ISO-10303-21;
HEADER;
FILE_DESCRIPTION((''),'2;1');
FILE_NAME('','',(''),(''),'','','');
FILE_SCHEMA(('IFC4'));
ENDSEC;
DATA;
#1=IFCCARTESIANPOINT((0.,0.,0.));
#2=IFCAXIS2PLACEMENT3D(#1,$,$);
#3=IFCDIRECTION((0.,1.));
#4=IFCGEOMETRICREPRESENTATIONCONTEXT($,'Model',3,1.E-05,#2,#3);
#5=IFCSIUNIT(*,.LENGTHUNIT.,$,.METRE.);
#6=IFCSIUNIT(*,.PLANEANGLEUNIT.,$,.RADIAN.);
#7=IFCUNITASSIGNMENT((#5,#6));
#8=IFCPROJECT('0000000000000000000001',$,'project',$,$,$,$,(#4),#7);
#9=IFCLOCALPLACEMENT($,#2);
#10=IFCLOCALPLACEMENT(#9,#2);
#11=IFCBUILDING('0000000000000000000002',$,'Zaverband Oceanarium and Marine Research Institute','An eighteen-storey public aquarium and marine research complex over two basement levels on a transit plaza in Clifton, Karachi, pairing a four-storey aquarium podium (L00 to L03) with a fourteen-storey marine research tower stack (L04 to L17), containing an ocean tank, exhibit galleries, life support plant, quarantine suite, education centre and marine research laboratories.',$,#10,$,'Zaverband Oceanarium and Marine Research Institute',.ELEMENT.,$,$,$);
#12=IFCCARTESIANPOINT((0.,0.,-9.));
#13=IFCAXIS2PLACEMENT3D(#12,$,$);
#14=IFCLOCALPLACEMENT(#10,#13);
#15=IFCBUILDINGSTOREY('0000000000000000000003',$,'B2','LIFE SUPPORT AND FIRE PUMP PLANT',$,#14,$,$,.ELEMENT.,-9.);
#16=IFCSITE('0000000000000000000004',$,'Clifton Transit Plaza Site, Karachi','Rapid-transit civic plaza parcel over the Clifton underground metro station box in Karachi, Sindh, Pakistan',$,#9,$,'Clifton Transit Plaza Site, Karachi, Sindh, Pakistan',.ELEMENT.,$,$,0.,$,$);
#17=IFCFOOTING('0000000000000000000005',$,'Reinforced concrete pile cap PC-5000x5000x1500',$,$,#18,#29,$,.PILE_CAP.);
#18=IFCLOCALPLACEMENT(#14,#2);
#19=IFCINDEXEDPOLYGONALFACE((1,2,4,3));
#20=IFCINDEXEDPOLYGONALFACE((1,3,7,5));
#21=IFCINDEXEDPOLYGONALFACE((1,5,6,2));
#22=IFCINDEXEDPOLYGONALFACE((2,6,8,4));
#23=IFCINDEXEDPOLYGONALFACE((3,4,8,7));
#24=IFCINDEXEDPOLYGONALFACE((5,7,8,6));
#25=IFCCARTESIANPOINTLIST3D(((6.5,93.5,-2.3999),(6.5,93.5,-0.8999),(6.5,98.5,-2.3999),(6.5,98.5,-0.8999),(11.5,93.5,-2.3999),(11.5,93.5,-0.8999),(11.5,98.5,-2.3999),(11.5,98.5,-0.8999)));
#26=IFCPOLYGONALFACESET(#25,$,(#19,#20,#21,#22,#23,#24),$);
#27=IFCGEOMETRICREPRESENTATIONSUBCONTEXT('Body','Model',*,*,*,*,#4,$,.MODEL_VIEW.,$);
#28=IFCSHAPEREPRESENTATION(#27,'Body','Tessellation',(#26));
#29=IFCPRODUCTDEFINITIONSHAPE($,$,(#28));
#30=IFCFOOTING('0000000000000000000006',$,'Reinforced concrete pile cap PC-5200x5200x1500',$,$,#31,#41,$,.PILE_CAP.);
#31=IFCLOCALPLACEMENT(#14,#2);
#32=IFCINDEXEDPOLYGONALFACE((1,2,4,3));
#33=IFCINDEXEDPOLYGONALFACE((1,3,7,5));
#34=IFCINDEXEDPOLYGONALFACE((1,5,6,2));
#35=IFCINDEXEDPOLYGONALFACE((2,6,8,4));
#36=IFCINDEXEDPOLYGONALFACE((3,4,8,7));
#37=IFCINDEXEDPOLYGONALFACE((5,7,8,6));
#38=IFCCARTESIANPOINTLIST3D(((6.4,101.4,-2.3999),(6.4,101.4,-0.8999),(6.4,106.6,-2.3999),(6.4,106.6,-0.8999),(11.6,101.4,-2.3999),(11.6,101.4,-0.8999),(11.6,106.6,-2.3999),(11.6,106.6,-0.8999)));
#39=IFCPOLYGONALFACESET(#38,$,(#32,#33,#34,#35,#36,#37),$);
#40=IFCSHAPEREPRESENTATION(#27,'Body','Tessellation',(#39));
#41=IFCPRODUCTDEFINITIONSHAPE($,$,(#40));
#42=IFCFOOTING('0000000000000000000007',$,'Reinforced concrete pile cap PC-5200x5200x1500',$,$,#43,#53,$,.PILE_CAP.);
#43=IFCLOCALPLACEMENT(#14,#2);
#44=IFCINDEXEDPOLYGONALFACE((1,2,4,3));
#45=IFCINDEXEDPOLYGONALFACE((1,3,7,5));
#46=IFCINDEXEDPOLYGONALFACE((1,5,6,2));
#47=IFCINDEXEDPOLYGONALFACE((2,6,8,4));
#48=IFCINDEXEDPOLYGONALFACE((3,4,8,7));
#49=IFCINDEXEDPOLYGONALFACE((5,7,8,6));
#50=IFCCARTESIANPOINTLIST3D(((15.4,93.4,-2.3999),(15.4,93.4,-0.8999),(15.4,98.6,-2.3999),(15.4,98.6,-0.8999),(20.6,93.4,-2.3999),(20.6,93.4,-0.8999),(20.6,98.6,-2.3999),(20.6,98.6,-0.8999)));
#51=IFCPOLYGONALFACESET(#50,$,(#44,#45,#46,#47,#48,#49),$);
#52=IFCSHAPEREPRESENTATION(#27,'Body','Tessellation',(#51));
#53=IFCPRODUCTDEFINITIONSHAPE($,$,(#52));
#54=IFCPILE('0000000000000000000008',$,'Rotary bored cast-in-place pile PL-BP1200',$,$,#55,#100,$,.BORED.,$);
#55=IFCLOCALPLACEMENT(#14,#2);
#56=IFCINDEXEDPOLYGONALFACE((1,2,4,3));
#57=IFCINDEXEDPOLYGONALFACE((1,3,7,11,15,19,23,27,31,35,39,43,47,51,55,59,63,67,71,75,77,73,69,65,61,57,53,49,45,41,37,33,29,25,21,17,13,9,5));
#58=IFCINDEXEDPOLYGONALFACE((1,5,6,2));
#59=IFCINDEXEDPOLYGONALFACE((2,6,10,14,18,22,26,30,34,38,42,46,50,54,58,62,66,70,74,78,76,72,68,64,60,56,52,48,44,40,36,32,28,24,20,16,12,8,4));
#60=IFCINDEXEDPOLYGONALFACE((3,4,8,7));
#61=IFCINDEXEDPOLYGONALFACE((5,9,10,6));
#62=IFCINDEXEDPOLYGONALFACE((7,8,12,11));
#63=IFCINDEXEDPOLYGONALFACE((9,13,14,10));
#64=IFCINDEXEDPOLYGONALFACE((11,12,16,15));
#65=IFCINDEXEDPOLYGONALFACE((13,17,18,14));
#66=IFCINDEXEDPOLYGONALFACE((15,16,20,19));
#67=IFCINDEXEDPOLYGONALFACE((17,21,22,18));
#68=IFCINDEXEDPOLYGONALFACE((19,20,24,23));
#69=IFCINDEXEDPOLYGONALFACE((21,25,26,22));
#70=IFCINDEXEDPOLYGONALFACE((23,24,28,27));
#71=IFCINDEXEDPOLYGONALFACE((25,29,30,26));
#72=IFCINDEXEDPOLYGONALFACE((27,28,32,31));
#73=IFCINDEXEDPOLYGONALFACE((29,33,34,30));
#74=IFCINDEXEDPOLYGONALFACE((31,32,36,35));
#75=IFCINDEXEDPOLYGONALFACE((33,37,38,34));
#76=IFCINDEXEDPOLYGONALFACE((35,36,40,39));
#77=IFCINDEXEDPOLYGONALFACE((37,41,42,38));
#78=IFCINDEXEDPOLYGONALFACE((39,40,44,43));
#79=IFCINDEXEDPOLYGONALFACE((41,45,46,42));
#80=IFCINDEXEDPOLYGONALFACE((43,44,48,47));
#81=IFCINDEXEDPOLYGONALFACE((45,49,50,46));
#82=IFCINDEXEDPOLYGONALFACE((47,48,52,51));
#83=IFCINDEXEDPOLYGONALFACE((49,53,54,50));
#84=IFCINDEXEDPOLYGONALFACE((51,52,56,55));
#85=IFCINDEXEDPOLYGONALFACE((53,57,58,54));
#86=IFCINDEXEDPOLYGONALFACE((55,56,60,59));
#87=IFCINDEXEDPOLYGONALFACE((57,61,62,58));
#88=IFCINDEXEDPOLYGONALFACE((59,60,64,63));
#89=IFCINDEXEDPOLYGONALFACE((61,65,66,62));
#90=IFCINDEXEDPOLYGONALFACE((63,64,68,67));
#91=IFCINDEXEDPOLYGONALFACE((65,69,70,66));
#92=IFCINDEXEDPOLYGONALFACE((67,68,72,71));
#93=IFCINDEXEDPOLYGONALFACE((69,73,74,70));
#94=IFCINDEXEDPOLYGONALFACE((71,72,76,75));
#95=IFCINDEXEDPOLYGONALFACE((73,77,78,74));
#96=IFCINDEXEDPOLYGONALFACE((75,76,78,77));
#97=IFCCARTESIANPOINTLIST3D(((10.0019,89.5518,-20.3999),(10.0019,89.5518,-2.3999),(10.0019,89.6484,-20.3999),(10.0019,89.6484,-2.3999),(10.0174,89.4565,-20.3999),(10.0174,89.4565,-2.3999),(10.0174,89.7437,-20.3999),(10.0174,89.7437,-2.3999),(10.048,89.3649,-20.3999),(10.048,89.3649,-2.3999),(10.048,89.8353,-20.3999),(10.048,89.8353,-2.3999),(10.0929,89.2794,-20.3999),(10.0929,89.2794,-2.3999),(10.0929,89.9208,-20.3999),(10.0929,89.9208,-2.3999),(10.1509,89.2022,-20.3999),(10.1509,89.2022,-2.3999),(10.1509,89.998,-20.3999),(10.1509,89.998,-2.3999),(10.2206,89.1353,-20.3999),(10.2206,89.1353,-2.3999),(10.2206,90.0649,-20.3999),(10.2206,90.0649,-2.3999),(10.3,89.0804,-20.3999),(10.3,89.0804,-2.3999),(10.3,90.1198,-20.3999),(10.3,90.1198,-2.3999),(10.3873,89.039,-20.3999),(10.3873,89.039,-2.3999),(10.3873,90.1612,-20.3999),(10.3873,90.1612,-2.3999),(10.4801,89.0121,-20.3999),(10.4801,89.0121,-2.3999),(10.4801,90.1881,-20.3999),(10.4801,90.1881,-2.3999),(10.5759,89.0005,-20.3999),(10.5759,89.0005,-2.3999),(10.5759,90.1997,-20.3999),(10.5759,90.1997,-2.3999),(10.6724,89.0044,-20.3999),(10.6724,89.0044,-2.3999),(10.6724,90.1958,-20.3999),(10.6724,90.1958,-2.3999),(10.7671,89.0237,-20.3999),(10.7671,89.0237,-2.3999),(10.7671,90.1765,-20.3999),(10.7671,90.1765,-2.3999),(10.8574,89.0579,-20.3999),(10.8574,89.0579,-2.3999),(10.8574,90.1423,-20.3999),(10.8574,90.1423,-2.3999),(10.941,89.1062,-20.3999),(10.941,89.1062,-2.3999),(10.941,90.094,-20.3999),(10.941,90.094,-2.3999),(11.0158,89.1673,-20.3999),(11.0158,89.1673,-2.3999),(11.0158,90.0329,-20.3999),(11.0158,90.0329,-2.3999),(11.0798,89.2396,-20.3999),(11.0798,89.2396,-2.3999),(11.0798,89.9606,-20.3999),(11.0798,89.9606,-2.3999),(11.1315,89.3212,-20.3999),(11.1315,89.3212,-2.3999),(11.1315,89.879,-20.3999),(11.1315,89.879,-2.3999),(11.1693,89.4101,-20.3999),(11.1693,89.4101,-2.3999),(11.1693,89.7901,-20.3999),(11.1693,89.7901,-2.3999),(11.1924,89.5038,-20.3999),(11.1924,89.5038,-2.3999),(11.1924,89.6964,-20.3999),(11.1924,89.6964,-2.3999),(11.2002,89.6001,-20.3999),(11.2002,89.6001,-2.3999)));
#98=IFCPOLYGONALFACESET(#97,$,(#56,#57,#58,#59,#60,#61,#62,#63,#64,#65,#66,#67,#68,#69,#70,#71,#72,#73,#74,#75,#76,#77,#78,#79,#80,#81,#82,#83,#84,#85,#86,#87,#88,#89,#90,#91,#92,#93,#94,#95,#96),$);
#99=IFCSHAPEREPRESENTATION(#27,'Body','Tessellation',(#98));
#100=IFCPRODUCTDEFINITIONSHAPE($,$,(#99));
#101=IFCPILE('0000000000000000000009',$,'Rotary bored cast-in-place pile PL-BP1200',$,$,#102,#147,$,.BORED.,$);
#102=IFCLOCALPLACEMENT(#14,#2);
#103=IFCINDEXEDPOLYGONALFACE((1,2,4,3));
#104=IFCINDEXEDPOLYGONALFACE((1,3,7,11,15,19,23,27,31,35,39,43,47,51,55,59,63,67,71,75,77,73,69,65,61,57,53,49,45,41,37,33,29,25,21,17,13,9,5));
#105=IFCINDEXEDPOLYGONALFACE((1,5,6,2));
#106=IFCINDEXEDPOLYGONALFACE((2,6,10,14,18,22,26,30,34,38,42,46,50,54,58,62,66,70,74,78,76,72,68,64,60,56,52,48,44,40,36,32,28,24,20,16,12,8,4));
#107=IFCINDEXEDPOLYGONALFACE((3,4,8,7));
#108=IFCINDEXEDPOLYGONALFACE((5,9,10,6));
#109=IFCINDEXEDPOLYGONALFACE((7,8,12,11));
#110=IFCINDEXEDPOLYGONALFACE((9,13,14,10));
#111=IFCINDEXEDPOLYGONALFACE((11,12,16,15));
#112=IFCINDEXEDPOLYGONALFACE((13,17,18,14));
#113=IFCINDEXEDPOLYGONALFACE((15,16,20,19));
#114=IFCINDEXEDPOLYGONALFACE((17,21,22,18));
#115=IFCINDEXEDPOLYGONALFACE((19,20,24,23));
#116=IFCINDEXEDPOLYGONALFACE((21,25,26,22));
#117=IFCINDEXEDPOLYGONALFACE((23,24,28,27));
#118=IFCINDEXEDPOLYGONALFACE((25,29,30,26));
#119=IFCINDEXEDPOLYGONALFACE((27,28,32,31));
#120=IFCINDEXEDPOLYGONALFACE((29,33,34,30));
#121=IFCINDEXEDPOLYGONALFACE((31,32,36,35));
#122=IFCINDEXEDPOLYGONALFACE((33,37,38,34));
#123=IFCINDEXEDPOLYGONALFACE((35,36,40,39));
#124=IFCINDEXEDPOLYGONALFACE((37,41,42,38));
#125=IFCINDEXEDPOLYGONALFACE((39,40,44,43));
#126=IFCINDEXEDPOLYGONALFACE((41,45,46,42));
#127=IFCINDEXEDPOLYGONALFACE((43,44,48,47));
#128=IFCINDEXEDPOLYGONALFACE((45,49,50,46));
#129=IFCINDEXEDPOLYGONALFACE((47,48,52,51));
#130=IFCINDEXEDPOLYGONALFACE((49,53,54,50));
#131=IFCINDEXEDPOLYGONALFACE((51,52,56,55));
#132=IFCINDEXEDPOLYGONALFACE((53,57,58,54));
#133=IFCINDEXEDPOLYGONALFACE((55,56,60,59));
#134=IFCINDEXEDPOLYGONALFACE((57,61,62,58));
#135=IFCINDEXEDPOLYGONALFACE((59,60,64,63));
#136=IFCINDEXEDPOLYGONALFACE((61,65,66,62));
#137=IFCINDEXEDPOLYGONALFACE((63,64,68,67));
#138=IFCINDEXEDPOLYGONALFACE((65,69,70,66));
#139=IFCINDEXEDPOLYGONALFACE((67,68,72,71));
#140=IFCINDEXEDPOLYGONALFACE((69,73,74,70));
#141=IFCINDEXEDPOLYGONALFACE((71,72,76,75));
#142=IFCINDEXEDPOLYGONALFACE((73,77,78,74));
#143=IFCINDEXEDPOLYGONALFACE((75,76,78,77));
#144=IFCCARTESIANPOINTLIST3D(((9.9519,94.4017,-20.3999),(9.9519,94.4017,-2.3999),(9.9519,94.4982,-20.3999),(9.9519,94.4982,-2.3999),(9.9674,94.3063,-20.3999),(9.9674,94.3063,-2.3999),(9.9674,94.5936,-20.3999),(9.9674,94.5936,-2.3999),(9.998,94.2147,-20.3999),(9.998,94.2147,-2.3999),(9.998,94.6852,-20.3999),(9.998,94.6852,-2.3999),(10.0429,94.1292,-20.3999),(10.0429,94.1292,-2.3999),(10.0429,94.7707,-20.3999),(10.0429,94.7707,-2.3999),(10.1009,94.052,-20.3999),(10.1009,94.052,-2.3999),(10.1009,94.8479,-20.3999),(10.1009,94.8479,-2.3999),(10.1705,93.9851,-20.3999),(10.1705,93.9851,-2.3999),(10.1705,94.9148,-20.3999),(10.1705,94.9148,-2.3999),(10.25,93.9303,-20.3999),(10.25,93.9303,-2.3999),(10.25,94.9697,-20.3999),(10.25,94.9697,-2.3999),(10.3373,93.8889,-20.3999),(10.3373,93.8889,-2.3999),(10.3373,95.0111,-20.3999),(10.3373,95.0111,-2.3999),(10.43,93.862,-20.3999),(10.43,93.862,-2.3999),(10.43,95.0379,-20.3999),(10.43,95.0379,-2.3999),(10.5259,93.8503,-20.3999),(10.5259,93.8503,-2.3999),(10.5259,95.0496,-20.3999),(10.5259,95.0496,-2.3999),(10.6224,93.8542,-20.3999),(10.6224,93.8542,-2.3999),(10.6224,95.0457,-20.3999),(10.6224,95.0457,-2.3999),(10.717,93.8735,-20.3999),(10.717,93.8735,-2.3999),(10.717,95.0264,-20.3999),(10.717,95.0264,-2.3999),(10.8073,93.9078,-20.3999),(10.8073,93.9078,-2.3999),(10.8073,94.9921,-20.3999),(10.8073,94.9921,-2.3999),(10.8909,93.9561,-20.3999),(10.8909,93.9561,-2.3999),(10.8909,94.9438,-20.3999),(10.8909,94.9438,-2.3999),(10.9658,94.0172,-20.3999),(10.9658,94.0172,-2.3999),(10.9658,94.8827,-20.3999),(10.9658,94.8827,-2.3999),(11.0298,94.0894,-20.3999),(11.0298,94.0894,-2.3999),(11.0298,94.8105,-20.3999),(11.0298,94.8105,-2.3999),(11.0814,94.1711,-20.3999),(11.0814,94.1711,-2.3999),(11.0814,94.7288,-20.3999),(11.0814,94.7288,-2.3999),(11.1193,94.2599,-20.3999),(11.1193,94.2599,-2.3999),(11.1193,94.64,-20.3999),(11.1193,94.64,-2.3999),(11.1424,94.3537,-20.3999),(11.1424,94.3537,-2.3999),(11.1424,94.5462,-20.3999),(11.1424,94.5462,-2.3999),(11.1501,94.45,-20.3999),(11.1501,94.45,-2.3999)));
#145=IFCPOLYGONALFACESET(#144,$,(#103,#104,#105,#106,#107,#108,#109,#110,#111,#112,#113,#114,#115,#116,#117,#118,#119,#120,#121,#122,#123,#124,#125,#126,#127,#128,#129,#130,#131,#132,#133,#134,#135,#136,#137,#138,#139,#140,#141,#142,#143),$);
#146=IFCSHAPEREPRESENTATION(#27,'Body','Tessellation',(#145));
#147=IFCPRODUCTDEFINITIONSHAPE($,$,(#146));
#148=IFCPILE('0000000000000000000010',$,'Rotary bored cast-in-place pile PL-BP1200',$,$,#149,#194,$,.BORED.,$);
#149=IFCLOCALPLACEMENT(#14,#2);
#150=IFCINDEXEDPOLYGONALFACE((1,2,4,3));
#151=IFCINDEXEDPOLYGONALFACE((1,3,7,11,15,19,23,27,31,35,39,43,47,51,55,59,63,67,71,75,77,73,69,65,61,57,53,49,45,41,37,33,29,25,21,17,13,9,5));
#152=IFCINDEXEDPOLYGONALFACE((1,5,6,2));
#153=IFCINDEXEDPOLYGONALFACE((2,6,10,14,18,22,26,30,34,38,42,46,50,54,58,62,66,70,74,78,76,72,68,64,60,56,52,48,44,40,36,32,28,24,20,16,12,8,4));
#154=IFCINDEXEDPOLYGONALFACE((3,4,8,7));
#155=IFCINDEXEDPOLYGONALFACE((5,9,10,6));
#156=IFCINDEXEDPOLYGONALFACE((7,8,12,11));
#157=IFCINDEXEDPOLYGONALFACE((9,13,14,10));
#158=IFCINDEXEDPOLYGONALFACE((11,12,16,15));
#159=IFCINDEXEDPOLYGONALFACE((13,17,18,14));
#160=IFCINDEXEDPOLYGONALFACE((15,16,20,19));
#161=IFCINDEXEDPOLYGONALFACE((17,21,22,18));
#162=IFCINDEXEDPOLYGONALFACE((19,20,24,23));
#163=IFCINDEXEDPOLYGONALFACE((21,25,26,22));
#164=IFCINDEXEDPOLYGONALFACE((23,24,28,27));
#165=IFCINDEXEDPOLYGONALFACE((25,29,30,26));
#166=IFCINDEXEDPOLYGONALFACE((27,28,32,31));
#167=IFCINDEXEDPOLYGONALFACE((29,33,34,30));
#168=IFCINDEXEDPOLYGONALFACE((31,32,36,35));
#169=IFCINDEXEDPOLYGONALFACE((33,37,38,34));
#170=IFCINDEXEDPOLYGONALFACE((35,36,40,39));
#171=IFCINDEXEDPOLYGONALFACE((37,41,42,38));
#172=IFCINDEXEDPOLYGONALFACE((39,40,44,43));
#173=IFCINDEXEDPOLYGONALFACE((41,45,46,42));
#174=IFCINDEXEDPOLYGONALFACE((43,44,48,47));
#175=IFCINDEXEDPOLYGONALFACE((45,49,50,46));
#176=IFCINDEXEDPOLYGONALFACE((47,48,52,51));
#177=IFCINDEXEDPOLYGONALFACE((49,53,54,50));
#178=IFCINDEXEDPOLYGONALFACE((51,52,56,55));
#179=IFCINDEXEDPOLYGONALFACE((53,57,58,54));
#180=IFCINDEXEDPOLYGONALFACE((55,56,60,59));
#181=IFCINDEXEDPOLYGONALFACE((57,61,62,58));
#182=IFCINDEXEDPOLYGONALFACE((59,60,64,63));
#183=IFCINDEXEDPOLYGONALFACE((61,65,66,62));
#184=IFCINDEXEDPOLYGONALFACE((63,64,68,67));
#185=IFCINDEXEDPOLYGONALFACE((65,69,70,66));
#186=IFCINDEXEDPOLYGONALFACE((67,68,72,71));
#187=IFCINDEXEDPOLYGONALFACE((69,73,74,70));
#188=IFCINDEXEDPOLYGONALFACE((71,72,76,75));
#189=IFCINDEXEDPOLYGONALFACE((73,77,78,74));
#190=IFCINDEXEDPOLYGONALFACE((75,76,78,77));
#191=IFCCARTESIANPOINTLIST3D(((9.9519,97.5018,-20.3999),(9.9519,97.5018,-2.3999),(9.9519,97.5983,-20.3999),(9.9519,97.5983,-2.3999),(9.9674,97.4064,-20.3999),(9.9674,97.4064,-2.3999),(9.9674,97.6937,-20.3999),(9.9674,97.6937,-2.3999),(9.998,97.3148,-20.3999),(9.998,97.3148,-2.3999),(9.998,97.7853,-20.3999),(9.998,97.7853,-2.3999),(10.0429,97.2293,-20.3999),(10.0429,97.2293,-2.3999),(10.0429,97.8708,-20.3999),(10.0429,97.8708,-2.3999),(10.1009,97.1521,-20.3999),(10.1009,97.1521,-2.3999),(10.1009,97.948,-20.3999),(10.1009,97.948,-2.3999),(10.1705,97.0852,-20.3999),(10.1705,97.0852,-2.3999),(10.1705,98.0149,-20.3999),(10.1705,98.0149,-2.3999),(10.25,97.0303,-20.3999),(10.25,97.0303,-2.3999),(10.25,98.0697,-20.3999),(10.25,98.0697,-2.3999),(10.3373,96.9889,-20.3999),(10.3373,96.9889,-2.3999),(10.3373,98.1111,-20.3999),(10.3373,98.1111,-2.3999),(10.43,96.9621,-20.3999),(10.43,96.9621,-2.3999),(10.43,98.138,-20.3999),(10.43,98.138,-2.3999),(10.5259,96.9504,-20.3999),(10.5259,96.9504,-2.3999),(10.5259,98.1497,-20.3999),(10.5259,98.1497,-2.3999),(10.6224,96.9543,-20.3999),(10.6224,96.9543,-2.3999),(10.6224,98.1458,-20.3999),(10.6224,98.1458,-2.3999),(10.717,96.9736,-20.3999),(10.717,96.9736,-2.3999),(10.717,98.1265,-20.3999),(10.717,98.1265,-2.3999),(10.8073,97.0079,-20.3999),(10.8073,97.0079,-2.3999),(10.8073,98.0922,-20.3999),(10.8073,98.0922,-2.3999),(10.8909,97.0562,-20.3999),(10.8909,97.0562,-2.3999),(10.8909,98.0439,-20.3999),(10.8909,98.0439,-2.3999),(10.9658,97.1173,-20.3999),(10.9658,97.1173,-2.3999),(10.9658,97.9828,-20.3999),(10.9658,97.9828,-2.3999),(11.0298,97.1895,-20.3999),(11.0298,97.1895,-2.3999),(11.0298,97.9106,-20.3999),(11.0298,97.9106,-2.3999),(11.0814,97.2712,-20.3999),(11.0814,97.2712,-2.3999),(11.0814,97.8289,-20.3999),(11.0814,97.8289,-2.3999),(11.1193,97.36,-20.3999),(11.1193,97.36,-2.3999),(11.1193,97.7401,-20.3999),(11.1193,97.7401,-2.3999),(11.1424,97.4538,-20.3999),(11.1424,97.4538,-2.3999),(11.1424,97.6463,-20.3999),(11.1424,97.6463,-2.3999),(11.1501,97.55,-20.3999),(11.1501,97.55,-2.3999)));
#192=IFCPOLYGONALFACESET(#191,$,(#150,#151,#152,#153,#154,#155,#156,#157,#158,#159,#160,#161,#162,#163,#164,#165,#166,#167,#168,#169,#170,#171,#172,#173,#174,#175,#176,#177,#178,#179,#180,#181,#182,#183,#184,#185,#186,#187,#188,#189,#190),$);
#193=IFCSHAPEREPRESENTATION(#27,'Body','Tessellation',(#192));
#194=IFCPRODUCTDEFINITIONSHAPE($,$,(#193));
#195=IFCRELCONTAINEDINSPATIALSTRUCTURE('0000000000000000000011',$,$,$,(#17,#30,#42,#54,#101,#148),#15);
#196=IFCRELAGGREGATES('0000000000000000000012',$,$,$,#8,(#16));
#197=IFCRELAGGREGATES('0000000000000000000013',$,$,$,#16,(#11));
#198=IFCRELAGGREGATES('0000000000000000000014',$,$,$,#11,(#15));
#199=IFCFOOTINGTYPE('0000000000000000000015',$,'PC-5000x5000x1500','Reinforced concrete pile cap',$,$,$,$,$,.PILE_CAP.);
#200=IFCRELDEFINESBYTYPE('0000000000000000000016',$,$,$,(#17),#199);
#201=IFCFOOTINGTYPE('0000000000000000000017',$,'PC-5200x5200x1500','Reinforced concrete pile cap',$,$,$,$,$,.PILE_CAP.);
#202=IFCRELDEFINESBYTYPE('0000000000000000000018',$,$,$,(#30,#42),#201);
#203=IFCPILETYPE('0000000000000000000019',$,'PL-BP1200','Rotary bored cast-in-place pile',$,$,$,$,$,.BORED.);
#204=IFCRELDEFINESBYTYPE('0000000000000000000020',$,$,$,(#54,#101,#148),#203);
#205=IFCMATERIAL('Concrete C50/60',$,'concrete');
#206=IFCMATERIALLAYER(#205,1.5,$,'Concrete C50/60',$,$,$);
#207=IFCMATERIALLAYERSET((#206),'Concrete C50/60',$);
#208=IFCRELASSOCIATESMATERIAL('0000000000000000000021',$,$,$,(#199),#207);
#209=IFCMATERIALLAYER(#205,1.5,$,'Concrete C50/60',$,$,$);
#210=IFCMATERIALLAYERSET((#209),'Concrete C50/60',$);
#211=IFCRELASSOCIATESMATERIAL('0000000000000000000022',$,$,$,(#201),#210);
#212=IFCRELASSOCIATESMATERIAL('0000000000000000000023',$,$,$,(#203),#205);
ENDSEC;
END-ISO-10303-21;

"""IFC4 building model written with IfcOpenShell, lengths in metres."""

from ifc_helpers import new_model, si_unit, direction, frame, origin, origin_2d, place, context, subcontext, project, spatial, rectangle, circle, extrude, material, layer, layer_set, material_profile, profile_set, type_object, element, save


model = new_model("IFC4")

# Units and contexts
model_context = context("Model", 3, precision=1e-05, world=origin(), true_north=direction((0.0, 1.0)))
body_context = subcontext(model_context, "Body", "Model", "MODEL_VIEW")
ifc_project = project(units=[si_unit("LENGTHUNIT", "METRE"), si_unit("PLANEANGLEUNIT", "RADIAN")], contexts=[model_context])

# Site, building, storey
site_placement = place(None, origin())
site = spatial("IfcSite", under=ifc_project, at=site_placement, Name="Clifton Transit Plaza Site, Karachi", Description="Rapid-transit civic plaza parcel over the Clifton underground metro station box in Karachi, Sindh, Pakistan", LongName="Clifton Transit Plaza Site, Karachi, Sindh, Pakistan", CompositionType="ELEMENT", RefElevation=0.0)
building_placement = place(site_placement, origin())
building = spatial("IfcBuilding", under=site, at=building_placement, Name="Zaverband Oceanarium and Marine Research Institute", Description="An eighteen-storey public aquarium and marine research complex over two basement levels on a transit plaza in Clifton, Karachi, pairing a four-storey aquarium podium (L00 to L03) with a fourteen-storey marine research tower stack (L04 to L17), containing an ocean tank, exhibit galleries, life support plant, quarantine suite, education centre and marine research laboratories.", LongName="Zaverband Oceanarium and Marine Research Institute", CompositionType="ELEMENT")
storey_placement = place(building_placement, frame((0.0, 0.0, -9.0)))
storey = spatial("IfcBuildingStorey", under=building, at=storey_placement, Name="B2", Description="LIFE SUPPORT AND FIRE PUMP PLANT", CompositionType="ELEMENT", Elevation=-9.0)

# Footings
ifc_material_1 = material(Name="Concrete C50/60", Category="concrete")
ifc_layer_1 = layer(ifc_material_1, 1.5, Name="Concrete C50/60")
ifc_layer_set_1 = layer_set([ifc_layer_1], Name="Concrete C50/60")
footing_type_1 = type_object("IfcFootingType", Name="PC-5000x5000x1500", Description="Reinforced concrete pile cap", PredefinedType="PILE_CAP", material=ifc_layer_set_1)
footing_placement = place(storey_placement, frame((9.0, 96.0, -2.3999), z_axis=(0.0, 0.0, 1.0), x_axis=(1.0, 0.0, 0.0)))
element("IfcFooting", 1, at=footing_placement, inside=storey, type_object=footing_type_1, Name="Reinforced concrete pile cap PC-5000x5000x1500", PredefinedType="PILE_CAP", context=body_context, shape_type="SweptSolid", body=[
    extrude(rectangle(XDim=5.0, YDim=5.0, at=origin_2d()), origin(), (0.0, 0.0, 1.0), 1.5),
])
ifc_layer_2 = layer(ifc_material_1, 1.5, Name="Concrete C50/60")
ifc_layer_set_2 = layer_set([ifc_layer_2], Name="Concrete C50/60")
footing_type_2 = type_object("IfcFootingType", Name="PC-5200x5200x1500", Description="Reinforced concrete pile cap", PredefinedType="PILE_CAP", material=ifc_layer_set_2)
for number, where, z_axis, x_axis, name in (
    (2, (9.0, 104.0, -2.3999), (0.0, 0.0, 1.0), (1.0, 0.0, 0.0), "Reinforced concrete pile cap PC-5200x5200x1500"),
    (3, (18.0, 96.0, -2.3999), (0.0, 0.0, 1.0), (1.0, 0.0, 0.0), "Reinforced concrete pile cap PC-5200x5200x1500"),
):
    element("IfcFooting", number, at=place(storey_placement, frame(where, z_axis=z_axis, x_axis=x_axis)), inside=storey, type_object=footing_type_2, Name=name, PredefinedType="PILE_CAP", context=body_context, shape_type="SweptSolid", body=[
        extrude(rectangle(XDim=5.2, YDim=5.2, at=origin_2d()), origin(), (0.0, 0.0, 1.0), 1.5),
    ])

# Piles
ifc_material_profile_1 = material_profile(ifc_material_1, circle(Radius=0.6001, at=origin_2d()), Name="BP1200")
ifc_profile_set_1 = profile_set([ifc_material_profile_1], Name="Concrete C50/60")
pile_type = type_object("IfcPileType", Name="PL-BP1200", Description="Rotary bored cast-in-place pile", PredefinedType="BORED", material=ifc_profile_set_1)
for number, where, z_axis, x_axis, name in (
    (4, (10.6001, 89.6001, -2.3999), (0.0, 0.0, -1.0), (1.0, 0.0, 0.0), "Rotary bored cast-in-place pile PL-BP1200"),
    (5, (10.55, 94.45, -2.3999), (0.0, 0.0, -1.0), (1.0, 0.0, 0.0), "Rotary bored cast-in-place pile PL-BP1200"),
    (6, (10.55, 97.55, -2.3999), (0.0, 0.0, -1.0), (1.0, 0.0, 0.0), "Rotary bored cast-in-place pile PL-BP1200"),
):
    element("IfcPile", number, at=place(storey_placement, frame(where, z_axis=z_axis, x_axis=x_axis)), inside=storey, type_object=pile_type, Name=name, PredefinedType="BORED", context=body_context, shape_type="SweptSolid", body=[
        extrude(circle(Radius=0.6001, at=origin_2d()), origin(), (0.0, 0.0, 1.0), 18.0),
    ])

save(model, "model.ifc")
